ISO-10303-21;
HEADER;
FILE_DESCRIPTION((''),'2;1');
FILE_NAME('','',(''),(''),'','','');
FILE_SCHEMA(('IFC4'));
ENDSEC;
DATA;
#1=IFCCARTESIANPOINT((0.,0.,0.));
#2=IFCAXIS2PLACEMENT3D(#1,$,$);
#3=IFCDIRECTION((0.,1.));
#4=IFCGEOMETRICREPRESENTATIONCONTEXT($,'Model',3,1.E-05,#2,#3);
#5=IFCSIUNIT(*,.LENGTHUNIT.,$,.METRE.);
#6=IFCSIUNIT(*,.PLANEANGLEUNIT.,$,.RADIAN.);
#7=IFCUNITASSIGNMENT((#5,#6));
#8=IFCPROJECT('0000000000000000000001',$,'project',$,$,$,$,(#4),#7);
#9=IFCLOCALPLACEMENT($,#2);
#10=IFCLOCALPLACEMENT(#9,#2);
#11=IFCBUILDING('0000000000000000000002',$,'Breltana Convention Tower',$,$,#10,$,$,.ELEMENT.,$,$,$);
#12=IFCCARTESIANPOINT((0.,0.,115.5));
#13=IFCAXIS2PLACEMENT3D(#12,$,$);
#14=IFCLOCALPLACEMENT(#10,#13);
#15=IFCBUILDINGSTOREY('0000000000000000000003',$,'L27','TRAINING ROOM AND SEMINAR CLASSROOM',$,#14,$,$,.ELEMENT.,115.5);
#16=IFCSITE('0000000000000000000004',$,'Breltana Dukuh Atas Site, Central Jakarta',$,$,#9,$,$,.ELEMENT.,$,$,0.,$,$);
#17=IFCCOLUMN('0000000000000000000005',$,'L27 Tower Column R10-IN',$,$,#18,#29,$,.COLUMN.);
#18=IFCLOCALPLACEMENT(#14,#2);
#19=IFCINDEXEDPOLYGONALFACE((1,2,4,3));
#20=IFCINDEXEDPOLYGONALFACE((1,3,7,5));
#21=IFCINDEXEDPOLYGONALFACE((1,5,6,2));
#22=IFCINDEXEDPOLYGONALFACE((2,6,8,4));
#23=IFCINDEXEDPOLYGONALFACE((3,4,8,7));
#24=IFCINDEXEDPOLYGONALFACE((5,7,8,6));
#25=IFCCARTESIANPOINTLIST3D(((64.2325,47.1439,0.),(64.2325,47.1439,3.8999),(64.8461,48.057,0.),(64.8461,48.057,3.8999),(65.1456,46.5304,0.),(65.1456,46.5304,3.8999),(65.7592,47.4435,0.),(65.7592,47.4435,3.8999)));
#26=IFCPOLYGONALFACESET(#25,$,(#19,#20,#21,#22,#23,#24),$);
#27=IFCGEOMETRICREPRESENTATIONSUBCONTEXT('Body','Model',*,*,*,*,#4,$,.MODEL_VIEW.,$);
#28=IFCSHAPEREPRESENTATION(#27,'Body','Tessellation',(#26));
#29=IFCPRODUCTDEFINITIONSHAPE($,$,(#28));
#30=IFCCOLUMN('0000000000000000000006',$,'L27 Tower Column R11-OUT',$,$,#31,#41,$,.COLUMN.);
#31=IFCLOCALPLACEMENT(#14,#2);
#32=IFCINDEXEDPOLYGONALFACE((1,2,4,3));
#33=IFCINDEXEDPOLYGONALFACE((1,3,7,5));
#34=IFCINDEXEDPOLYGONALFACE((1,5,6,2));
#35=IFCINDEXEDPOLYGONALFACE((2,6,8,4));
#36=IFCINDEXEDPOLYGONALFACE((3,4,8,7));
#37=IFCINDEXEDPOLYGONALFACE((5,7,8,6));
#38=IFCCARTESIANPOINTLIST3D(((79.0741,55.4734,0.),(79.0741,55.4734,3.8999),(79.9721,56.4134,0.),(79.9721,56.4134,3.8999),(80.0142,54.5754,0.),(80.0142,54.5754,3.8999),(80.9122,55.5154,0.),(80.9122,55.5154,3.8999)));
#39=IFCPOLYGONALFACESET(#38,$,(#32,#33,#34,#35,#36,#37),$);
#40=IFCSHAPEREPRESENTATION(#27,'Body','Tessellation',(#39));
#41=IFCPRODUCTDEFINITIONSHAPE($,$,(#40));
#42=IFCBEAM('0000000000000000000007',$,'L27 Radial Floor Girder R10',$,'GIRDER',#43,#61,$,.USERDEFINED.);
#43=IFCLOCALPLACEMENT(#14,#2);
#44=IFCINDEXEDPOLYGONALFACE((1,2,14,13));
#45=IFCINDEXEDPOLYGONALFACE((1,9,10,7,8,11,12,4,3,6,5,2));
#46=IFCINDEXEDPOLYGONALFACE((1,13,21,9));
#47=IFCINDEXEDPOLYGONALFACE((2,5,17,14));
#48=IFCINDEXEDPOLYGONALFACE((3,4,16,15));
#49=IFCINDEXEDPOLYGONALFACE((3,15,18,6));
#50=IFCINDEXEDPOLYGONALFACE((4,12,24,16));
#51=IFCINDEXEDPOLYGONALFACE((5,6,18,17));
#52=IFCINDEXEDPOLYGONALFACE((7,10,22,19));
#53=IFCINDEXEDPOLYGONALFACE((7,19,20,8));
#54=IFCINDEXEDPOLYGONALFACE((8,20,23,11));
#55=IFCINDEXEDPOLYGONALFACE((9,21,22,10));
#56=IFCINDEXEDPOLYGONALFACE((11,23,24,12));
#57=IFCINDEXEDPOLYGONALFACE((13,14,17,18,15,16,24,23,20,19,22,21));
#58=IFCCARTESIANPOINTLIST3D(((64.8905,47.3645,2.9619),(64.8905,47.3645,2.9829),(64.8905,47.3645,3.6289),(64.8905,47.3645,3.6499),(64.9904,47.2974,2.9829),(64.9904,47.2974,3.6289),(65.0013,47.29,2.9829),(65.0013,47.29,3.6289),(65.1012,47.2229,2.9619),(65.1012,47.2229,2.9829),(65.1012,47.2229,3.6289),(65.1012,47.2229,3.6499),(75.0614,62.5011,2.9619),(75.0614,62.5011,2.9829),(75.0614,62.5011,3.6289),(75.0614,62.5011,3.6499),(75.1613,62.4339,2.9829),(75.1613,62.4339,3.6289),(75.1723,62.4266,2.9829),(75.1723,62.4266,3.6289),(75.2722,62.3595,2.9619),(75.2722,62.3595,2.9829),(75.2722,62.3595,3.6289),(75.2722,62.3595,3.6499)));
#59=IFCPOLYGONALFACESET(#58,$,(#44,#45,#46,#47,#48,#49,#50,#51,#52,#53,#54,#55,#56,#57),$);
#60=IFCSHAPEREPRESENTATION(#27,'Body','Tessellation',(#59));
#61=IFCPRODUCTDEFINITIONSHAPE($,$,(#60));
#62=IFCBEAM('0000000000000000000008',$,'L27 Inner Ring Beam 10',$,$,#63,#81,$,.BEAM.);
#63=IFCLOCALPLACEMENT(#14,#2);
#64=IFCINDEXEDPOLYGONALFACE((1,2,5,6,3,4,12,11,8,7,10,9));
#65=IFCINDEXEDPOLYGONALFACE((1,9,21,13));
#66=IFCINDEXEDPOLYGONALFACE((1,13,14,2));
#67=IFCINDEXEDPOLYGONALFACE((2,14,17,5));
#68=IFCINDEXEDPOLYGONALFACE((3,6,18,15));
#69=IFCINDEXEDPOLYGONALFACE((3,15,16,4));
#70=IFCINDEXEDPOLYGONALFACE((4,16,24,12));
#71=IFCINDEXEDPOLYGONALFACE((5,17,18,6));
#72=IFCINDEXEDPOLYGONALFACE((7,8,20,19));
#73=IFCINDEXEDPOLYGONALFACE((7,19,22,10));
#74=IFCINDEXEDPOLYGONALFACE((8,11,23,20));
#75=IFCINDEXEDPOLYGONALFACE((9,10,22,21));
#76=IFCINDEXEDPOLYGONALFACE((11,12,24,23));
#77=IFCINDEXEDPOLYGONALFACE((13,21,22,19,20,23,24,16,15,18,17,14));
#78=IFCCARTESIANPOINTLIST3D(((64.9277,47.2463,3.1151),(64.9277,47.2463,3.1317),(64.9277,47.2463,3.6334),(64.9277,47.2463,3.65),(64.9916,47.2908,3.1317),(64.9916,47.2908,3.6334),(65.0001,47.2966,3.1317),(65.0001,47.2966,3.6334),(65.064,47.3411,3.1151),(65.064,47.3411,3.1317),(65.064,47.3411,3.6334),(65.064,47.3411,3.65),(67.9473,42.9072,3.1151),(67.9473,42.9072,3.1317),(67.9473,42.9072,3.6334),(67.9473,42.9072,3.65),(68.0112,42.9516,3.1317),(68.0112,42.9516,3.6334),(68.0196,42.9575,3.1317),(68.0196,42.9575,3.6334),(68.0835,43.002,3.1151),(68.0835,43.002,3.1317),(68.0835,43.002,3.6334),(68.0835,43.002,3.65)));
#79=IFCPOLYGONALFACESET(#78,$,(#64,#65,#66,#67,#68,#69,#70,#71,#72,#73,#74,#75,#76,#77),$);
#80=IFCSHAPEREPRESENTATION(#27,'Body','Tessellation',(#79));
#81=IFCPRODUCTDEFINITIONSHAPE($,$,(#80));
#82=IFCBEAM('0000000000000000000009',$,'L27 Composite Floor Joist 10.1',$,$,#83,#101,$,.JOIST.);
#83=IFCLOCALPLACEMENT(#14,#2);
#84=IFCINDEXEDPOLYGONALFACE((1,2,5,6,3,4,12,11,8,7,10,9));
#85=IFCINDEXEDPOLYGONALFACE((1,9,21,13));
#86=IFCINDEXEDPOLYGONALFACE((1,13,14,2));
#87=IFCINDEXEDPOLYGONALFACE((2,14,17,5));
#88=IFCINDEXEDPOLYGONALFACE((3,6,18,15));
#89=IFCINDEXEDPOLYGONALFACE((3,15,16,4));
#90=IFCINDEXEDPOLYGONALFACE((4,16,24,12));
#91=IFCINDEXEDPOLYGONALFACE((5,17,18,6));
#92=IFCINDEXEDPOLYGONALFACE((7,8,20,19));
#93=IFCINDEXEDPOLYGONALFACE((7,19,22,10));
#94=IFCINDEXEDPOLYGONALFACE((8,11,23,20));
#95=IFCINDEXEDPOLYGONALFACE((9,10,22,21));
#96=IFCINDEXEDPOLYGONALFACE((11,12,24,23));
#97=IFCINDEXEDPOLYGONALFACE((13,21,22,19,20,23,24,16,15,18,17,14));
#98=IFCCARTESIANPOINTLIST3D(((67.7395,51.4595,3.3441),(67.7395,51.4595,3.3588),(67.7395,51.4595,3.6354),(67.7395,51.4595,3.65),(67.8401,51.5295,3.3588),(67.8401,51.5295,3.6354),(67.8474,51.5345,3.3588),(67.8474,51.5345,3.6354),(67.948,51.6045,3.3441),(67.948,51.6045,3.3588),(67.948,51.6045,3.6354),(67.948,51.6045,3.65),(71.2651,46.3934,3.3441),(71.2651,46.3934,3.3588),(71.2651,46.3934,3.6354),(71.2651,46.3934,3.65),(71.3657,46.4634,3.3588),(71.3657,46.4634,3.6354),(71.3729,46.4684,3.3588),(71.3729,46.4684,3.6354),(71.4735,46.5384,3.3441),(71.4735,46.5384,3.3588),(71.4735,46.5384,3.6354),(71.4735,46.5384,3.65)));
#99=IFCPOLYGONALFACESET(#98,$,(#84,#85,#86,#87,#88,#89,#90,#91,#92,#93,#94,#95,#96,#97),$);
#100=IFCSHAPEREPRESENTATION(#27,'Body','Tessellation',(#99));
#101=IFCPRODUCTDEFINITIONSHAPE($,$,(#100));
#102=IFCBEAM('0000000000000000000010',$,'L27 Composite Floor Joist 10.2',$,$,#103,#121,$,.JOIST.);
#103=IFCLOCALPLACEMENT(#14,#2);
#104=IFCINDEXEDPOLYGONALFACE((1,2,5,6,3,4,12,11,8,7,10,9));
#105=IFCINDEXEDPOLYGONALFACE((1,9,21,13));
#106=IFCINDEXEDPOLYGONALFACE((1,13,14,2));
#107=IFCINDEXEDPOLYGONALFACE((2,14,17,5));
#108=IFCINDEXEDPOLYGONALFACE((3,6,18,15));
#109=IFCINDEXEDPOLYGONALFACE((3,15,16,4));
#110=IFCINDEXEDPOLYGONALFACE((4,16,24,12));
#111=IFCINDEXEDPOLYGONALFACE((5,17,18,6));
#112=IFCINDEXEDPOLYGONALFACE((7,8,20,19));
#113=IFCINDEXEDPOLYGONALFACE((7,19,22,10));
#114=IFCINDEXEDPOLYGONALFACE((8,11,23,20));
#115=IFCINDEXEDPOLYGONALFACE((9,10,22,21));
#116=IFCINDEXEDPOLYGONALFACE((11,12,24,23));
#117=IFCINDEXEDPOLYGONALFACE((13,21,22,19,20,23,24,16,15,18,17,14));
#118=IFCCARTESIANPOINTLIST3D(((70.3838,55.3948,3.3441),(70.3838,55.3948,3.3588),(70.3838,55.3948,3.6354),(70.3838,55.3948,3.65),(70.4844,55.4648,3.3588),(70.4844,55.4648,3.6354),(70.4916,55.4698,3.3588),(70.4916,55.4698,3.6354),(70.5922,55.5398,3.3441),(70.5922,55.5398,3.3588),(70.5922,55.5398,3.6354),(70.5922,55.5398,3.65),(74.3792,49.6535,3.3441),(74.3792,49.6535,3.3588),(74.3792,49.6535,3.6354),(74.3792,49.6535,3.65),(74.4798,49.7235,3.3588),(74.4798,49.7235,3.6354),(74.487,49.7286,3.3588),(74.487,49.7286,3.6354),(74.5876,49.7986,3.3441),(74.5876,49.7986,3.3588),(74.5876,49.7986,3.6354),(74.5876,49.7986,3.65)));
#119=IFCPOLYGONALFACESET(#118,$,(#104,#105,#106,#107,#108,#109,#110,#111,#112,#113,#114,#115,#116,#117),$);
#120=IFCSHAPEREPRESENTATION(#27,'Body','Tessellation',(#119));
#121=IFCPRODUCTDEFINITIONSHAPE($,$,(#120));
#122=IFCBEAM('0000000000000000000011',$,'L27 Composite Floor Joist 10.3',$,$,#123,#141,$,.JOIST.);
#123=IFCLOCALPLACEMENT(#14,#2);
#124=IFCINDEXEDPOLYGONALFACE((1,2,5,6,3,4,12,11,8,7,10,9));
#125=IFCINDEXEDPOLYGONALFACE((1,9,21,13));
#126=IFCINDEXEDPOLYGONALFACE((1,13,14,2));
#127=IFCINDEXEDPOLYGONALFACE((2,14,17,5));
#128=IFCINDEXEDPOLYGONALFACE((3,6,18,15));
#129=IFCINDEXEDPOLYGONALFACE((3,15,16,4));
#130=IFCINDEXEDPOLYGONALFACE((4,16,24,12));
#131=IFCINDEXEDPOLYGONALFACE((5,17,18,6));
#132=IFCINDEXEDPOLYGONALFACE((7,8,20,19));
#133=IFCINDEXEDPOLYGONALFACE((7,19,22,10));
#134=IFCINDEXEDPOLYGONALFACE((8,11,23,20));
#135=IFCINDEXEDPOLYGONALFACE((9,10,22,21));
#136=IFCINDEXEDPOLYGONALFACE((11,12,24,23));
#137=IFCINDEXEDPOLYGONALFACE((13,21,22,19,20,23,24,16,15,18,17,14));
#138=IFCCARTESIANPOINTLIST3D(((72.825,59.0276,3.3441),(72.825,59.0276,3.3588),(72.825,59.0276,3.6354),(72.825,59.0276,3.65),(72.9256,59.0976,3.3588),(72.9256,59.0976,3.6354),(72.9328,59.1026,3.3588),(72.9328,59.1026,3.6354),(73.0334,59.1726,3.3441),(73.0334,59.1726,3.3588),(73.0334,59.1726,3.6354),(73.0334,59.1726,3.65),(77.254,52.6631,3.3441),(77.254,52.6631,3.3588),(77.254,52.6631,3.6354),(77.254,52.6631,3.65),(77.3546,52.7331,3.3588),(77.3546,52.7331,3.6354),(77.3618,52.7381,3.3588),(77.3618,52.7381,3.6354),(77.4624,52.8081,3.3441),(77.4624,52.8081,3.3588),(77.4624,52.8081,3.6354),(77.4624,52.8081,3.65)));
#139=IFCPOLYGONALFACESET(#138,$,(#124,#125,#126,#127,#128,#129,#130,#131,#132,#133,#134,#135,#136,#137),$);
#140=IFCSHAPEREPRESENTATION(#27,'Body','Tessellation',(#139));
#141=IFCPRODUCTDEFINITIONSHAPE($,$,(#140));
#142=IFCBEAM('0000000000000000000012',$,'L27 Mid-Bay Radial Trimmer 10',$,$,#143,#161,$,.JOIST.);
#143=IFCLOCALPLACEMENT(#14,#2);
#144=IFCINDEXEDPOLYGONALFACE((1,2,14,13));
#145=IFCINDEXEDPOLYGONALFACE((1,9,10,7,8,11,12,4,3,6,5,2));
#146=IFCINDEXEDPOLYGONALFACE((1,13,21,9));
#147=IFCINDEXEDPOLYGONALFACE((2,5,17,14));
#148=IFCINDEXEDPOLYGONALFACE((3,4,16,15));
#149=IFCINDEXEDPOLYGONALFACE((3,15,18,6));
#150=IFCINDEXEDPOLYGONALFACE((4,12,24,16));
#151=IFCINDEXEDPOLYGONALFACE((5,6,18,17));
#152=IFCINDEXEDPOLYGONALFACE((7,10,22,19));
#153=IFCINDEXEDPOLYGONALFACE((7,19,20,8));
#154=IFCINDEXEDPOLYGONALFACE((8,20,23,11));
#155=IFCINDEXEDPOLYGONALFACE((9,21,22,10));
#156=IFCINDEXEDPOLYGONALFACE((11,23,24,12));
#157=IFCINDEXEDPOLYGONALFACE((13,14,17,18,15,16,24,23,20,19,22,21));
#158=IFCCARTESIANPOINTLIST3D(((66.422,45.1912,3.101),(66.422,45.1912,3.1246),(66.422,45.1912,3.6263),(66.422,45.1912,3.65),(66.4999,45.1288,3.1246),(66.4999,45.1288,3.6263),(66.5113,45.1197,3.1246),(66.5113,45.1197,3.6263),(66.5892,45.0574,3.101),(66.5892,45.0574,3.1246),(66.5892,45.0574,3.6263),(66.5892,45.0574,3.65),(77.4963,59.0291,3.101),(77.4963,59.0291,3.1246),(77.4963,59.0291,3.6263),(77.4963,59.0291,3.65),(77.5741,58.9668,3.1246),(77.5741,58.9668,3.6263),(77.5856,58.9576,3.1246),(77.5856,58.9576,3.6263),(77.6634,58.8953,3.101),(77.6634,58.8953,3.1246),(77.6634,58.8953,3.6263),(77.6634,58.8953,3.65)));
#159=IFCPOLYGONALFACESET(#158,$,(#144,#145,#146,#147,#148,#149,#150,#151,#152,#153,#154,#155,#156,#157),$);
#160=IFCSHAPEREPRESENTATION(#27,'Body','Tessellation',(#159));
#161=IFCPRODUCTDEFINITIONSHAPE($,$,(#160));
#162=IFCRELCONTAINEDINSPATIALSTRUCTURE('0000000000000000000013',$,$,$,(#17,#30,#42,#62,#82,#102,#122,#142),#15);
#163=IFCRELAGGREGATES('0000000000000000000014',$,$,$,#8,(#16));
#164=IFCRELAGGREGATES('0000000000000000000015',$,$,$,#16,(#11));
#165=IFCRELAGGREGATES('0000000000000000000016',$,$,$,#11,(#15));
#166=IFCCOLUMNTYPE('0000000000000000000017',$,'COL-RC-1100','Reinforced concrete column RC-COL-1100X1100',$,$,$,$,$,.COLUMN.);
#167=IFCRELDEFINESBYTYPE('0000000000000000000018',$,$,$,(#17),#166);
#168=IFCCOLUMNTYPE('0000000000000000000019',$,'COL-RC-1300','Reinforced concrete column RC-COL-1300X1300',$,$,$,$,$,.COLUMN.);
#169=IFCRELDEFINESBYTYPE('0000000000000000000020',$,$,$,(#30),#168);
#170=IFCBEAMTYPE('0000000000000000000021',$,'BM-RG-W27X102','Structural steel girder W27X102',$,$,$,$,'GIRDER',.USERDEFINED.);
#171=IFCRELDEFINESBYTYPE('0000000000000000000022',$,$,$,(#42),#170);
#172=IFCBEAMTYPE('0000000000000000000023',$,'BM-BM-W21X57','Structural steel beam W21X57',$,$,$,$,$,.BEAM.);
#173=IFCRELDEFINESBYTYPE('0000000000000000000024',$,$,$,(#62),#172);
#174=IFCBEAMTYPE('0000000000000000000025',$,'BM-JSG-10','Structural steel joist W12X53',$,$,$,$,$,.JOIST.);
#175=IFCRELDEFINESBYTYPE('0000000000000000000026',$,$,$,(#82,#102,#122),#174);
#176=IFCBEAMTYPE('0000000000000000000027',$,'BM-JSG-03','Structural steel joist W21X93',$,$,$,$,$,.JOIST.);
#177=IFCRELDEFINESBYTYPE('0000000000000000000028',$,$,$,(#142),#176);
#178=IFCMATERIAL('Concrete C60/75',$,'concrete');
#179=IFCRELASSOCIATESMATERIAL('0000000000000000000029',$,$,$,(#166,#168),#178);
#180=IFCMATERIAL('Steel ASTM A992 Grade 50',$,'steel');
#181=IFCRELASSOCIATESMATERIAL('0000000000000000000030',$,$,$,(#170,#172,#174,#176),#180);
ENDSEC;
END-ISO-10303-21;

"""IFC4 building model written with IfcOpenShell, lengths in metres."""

from ifc_helpers import new_model, si_unit, direction, frame, origin, origin_2d, place, context, subcontext, project, spatial, rectangle, i_section, extrude, source, transform, mapped, material, material_profile, profile_set, type_object, element, save


model = new_model("IFC4")

# Units and contexts
model_context = context("Model", 3, precision=1e-05, world=origin(), true_north=direction((0.0, 1.0)))
body_context = subcontext(model_context, "Body", "Model", "MODEL_VIEW")
ifc_project = project(units=[si_unit("LENGTHUNIT", "METRE"), si_unit("PLANEANGLEUNIT", "RADIAN")], contexts=[model_context])

# Site, building, storey
site_placement = place(None, origin())
site = spatial("IfcSite", under=ifc_project, at=site_placement, Name="Breltana Dukuh Atas Site, Central Jakarta", CompositionType="ELEMENT", RefElevation=0.0)
building_placement = place(site_placement, origin())
building = spatial("IfcBuilding", under=site, at=building_placement, Name="Breltana Convention Tower", CompositionType="ELEMENT")
storey_placement = place(building_placement, frame((0.0, 0.0, 115.5)))
storey = spatial("IfcBuildingStorey", under=building, at=storey_placement, Name="L27", Description="TRAINING ROOM AND SEMINAR CLASSROOM", CompositionType="ELEMENT", Elevation=115.5)

# Columns
ifc_material_1 = material(Name="Concrete C60/75", Category="concrete")
ifc_material_profile_1 = material_profile(ifc_material_1, rectangle(XDim=1.1001, YDim=1.1001, at=origin_2d()), Name="RC-COL-1100X1100")
ifc_profile_set_1 = profile_set([ifc_material_profile_1], Name="Concrete C60/75")
column_type_1 = type_object("IfcColumnType", Name="COL-RC-1100", Description="Reinforced concrete column RC-COL-1100X1100", PredefinedType="COLUMN", material=ifc_profile_set_1)
shared_shape_1 = source(origin(), body_context, "Body", "SweptSolid", [
    extrude(rectangle(XDim=1.1001, YDim=1.1001, at=origin_2d()), origin(), (0.0, 0.0, 1.0), 3.8999),
])
column_1_placement = place(storey_placement, frame((64.9958, 47.2937, 0.0), z_axis=(0.0, 0.0, 1.0), x_axis=(0.557745, 0.830012, 0.0)))
element("IfcColumn", 1, at=column_1_placement, inside=storey, type_object=column_type_1, Name="L27 Tower Column R10-IN", PredefinedType="COLUMN", context=body_context, shape_type="MappedRepresentation", body=[
    mapped(shared_shape_1, transform((0.0, 0.0, 0.0), scale=1.0)),
])
ifc_material_profile_2 = material_profile(ifc_material_1, rectangle(XDim=1.3, YDim=1.3, at=origin_2d()), Name="RC-COL-1300X1300")
ifc_profile_set_2 = profile_set([ifc_material_profile_2], Name="Concrete C60/75")
column_type_2 = type_object("IfcColumnType", Name="COL-RC-1300", Description="Reinforced concrete column RC-COL-1300X1300", PredefinedType="COLUMN", material=ifc_profile_set_2)
shared_shape_2 = source(origin(), body_context, "Body", "SweptSolid", [
    extrude(rectangle(XDim=1.3, YDim=1.3, at=origin_2d()), origin(), (0.0, 0.0, 1.0), 3.8999),
])
column_2_placement = place(storey_placement, frame((79.9932, 55.4944, 0.0), z_axis=(0.0, 0.0, 1.0), x_axis=(0.690756, 0.723088, 0.0)))
element("IfcColumn", 2, at=column_2_placement, inside=storey, type_object=column_type_2, Name="L27 Tower Column R11-OUT", PredefinedType="COLUMN", context=body_context, shape_type="MappedRepresentation", body=[
    mapped(shared_shape_2, transform((0.0, 0.0, 0.0), scale=1.0)),
])

# Beams
ifc_material_2 = material(Name="Steel ASTM A992 Grade 50", Category="steel")
ifc_material_profile_3 = material_profile(ifc_material_2, i_section(OverallWidth=0.2539, OverallDepth=0.688, WebThickness=0.0132, FlangeThickness=0.021, at=origin_2d()), Name="W27X102")
ifc_profile_set_3 = profile_set([ifc_material_profile_3], Name="Steel ASTM A992 Grade 50")
beam_type_1 = type_object("IfcBeamType", Name="BM-RG-W27X102", Description="Structural steel girder W27X102", ElementType="GIRDER", PredefinedType="USERDEFINED", material=ifc_profile_set_3)
shared_shape_3 = source(origin(), body_context, "Body", "SweptSolid", [
    extrude(i_section(OverallWidth=0.2539, OverallDepth=0.688, WebThickness=0.0132, FlangeThickness=0.021, at=origin_2d()), origin(), (0.0, 0.0, 1.0), 18.2363),
])
beam_1_placement = place(storey_placement, frame((64.9958, 47.2937, 3.3059), z_axis=(0.55773, 0.830022, 0.0), x_axis=(-0.830022, 0.55773, 0.0)))
element("IfcBeam", 3, at=beam_1_placement, inside=storey, type_object=beam_type_1, Name="L27 Radial Floor Girder R10", ObjectType="GIRDER", PredefinedType="USERDEFINED", context=body_context, shape_type="MappedRepresentation", body=[
    mapped(shared_shape_3, transform((0.0, 0.0, 0.0), scale=1.0)),
])
ifc_material_profile_4 = material_profile(ifc_material_2, i_section(OverallWidth=0.166, OverallDepth=0.5349, WebThickness=0.0103, FlangeThickness=0.0166, at=origin_2d()), Name="W21X57")
ifc_profile_set_4 = profile_set([ifc_material_profile_4], Name="Steel ASTM A992 Grade 50")
beam_type_2 = type_object("IfcBeamType", Name="BM-BM-W21X57", Description="Structural steel beam W21X57", PredefinedType="BEAM", material=ifc_profile_set_4)
shared_shape_4 = source(origin(), body_context, "Body", "SweptSolid", [
    extrude(i_section(OverallWidth=0.166, OverallDepth=0.5349, WebThickness=0.0103, FlangeThickness=0.0166, at=origin_2d()), origin(), (0.0, 0.0, 1.0), 5.2864),
])
beam_2_placement = place(storey_placement, frame((64.9958, 47.2937, 3.3826), z_axis=(0.571194, -0.820815, 0.0), x_axis=(0.820815, 0.571194, 0.0)))
element("IfcBeam", 4, at=beam_2_placement, inside=storey, type_object=beam_type_2, Name="L27 Inner Ring Beam 10", PredefinedType="BEAM", context=body_context, shape_type="MappedRepresentation", body=[
    mapped(shared_shape_4, transform((0.0, 0.0, 0.0), scale=1.0)),
])
ifc_material_profile_5 = material_profile(ifc_material_2, i_section(OverallWidth=0.2539, OverallDepth=0.3059, WebThickness=0.0088, FlangeThickness=0.0146, at=origin_2d()), Name="W12X53")
ifc_profile_set_5 = profile_set([ifc_material_profile_5], Name="Steel ASTM A992 Grade 50")
beam_type_3 = type_object("IfcBeamType", Name="BM-JSG-10", Description="Structural steel joist W12X53", PredefinedType="JOIST", material=ifc_profile_set_5)
shared_shape_5 = source(origin(), body_context, "Body", "SweptSolid", [
    extrude(i_section(OverallWidth=0.2539, OverallDepth=0.3059, WebThickness=0.0088, FlangeThickness=0.0146, at=origin_2d()), origin(), (0.0, 0.0, 1.0), 6.1721),
])
beam_3_placement = place(storey_placement, frame((67.8438, 51.532, 3.4971), z_axis=(0.571212, -0.820803, 0.0), x_axis=(0.820803, 0.571212, 0.0)))
element("IfcBeam", 5, at=beam_3_placement, inside=storey, type_object=beam_type_3, Name="L27 Composite Floor Joist 10.1", PredefinedType="JOIST", context=body_context, shape_type="MappedRepresentation", body=[
    mapped(shared_shape_5, transform((0.0, 0.0, 0.0), scale=1.0)),
])
shared_shape_6 = source(origin(), body_context, "Body", "SweptSolid", [
    extrude(i_section(OverallWidth=0.2539, OverallDepth=0.3059, WebThickness=0.0088, FlangeThickness=0.0146, at=origin_2d()), origin(), (0.0, 0.0, 1.0), 6.9946),
])
beam_4_placement = place(storey_placement, frame((70.488, 55.4673, 3.4971), z_axis=(0.571207, -0.820806, 0.0), x_axis=(0.820806, 0.571207, 0.0)))
element("IfcBeam", 6, at=beam_4_placement, inside=storey, type_object=beam_type_3, Name="L27 Composite Floor Joist 10.2", PredefinedType="JOIST", context=body_context, shape_type="MappedRepresentation", body=[
    mapped(shared_shape_6, transform((0.0, 0.0, 0.0), scale=1.0)),
])
shared_shape_7 = source(origin(), body_context, "Body", "SweptSolid", [
    extrude(i_section(OverallWidth=0.2539, OverallDepth=0.3059, WebThickness=0.0088, FlangeThickness=0.0146, at=origin_2d()), origin(), (0.0, 0.0, 1.0), 7.7539),
])
beam_5_placement = place(storey_placement, frame((72.9292, 59.1001, 3.4971), z_axis=(0.571193, -0.820816, 0.0), x_axis=(0.820816, 0.571193, 0.0)))
element("IfcBeam", 7, at=beam_5_placement, inside=storey, type_object=beam_type_3, Name="L27 Composite Floor Joist 10.3", PredefinedType="JOIST", context=body_context, shape_type="MappedRepresentation", body=[
    mapped(shared_shape_7, transform((0.0, 0.0, 0.0), scale=1.0)),
])
ifc_material_profile_6 = material_profile(ifc_material_2, i_section(OverallWidth=0.2141, OverallDepth=0.5491, WebThickness=0.0146, FlangeThickness=0.0237, at=origin_2d()), Name="W21X93")
ifc_profile_set_6 = profile_set([ifc_material_profile_6], Name="Steel ASTM A992 Grade 50")
beam_type_4 = type_object("IfcBeamType", Name="BM-JSG-03", Description="Structural steel joist W21X93", PredefinedType="JOIST", material=ifc_profile_set_6)
shared_shape_8 = source(origin(), body_context, "Body", "SweptSolid", [
    extrude(i_section(OverallWidth=0.2141, OverallDepth=0.5491, WebThickness=0.0146, FlangeThickness=0.0237, at=origin_2d()), origin(), (0.0, 0.0, 1.0), 17.7236),
])
beam_6_placement = place(storey_placement, frame((66.5056, 45.1243, 3.3755), z_axis=(0.624829, 0.780761, 0.0), x_axis=(-0.780761, 0.624829, 0.0)))
element("IfcBeam", 8, at=beam_6_placement, inside=storey, type_object=beam_type_4, Name="L27 Mid-Bay Radial Trimmer 10", PredefinedType="JOIST", context=body_context, shape_type="MappedRepresentation", body=[
    mapped(shared_shape_8, transform((0.0, 0.0, 0.0), scale=1.0)),
])

save(model, "model.ifc")
